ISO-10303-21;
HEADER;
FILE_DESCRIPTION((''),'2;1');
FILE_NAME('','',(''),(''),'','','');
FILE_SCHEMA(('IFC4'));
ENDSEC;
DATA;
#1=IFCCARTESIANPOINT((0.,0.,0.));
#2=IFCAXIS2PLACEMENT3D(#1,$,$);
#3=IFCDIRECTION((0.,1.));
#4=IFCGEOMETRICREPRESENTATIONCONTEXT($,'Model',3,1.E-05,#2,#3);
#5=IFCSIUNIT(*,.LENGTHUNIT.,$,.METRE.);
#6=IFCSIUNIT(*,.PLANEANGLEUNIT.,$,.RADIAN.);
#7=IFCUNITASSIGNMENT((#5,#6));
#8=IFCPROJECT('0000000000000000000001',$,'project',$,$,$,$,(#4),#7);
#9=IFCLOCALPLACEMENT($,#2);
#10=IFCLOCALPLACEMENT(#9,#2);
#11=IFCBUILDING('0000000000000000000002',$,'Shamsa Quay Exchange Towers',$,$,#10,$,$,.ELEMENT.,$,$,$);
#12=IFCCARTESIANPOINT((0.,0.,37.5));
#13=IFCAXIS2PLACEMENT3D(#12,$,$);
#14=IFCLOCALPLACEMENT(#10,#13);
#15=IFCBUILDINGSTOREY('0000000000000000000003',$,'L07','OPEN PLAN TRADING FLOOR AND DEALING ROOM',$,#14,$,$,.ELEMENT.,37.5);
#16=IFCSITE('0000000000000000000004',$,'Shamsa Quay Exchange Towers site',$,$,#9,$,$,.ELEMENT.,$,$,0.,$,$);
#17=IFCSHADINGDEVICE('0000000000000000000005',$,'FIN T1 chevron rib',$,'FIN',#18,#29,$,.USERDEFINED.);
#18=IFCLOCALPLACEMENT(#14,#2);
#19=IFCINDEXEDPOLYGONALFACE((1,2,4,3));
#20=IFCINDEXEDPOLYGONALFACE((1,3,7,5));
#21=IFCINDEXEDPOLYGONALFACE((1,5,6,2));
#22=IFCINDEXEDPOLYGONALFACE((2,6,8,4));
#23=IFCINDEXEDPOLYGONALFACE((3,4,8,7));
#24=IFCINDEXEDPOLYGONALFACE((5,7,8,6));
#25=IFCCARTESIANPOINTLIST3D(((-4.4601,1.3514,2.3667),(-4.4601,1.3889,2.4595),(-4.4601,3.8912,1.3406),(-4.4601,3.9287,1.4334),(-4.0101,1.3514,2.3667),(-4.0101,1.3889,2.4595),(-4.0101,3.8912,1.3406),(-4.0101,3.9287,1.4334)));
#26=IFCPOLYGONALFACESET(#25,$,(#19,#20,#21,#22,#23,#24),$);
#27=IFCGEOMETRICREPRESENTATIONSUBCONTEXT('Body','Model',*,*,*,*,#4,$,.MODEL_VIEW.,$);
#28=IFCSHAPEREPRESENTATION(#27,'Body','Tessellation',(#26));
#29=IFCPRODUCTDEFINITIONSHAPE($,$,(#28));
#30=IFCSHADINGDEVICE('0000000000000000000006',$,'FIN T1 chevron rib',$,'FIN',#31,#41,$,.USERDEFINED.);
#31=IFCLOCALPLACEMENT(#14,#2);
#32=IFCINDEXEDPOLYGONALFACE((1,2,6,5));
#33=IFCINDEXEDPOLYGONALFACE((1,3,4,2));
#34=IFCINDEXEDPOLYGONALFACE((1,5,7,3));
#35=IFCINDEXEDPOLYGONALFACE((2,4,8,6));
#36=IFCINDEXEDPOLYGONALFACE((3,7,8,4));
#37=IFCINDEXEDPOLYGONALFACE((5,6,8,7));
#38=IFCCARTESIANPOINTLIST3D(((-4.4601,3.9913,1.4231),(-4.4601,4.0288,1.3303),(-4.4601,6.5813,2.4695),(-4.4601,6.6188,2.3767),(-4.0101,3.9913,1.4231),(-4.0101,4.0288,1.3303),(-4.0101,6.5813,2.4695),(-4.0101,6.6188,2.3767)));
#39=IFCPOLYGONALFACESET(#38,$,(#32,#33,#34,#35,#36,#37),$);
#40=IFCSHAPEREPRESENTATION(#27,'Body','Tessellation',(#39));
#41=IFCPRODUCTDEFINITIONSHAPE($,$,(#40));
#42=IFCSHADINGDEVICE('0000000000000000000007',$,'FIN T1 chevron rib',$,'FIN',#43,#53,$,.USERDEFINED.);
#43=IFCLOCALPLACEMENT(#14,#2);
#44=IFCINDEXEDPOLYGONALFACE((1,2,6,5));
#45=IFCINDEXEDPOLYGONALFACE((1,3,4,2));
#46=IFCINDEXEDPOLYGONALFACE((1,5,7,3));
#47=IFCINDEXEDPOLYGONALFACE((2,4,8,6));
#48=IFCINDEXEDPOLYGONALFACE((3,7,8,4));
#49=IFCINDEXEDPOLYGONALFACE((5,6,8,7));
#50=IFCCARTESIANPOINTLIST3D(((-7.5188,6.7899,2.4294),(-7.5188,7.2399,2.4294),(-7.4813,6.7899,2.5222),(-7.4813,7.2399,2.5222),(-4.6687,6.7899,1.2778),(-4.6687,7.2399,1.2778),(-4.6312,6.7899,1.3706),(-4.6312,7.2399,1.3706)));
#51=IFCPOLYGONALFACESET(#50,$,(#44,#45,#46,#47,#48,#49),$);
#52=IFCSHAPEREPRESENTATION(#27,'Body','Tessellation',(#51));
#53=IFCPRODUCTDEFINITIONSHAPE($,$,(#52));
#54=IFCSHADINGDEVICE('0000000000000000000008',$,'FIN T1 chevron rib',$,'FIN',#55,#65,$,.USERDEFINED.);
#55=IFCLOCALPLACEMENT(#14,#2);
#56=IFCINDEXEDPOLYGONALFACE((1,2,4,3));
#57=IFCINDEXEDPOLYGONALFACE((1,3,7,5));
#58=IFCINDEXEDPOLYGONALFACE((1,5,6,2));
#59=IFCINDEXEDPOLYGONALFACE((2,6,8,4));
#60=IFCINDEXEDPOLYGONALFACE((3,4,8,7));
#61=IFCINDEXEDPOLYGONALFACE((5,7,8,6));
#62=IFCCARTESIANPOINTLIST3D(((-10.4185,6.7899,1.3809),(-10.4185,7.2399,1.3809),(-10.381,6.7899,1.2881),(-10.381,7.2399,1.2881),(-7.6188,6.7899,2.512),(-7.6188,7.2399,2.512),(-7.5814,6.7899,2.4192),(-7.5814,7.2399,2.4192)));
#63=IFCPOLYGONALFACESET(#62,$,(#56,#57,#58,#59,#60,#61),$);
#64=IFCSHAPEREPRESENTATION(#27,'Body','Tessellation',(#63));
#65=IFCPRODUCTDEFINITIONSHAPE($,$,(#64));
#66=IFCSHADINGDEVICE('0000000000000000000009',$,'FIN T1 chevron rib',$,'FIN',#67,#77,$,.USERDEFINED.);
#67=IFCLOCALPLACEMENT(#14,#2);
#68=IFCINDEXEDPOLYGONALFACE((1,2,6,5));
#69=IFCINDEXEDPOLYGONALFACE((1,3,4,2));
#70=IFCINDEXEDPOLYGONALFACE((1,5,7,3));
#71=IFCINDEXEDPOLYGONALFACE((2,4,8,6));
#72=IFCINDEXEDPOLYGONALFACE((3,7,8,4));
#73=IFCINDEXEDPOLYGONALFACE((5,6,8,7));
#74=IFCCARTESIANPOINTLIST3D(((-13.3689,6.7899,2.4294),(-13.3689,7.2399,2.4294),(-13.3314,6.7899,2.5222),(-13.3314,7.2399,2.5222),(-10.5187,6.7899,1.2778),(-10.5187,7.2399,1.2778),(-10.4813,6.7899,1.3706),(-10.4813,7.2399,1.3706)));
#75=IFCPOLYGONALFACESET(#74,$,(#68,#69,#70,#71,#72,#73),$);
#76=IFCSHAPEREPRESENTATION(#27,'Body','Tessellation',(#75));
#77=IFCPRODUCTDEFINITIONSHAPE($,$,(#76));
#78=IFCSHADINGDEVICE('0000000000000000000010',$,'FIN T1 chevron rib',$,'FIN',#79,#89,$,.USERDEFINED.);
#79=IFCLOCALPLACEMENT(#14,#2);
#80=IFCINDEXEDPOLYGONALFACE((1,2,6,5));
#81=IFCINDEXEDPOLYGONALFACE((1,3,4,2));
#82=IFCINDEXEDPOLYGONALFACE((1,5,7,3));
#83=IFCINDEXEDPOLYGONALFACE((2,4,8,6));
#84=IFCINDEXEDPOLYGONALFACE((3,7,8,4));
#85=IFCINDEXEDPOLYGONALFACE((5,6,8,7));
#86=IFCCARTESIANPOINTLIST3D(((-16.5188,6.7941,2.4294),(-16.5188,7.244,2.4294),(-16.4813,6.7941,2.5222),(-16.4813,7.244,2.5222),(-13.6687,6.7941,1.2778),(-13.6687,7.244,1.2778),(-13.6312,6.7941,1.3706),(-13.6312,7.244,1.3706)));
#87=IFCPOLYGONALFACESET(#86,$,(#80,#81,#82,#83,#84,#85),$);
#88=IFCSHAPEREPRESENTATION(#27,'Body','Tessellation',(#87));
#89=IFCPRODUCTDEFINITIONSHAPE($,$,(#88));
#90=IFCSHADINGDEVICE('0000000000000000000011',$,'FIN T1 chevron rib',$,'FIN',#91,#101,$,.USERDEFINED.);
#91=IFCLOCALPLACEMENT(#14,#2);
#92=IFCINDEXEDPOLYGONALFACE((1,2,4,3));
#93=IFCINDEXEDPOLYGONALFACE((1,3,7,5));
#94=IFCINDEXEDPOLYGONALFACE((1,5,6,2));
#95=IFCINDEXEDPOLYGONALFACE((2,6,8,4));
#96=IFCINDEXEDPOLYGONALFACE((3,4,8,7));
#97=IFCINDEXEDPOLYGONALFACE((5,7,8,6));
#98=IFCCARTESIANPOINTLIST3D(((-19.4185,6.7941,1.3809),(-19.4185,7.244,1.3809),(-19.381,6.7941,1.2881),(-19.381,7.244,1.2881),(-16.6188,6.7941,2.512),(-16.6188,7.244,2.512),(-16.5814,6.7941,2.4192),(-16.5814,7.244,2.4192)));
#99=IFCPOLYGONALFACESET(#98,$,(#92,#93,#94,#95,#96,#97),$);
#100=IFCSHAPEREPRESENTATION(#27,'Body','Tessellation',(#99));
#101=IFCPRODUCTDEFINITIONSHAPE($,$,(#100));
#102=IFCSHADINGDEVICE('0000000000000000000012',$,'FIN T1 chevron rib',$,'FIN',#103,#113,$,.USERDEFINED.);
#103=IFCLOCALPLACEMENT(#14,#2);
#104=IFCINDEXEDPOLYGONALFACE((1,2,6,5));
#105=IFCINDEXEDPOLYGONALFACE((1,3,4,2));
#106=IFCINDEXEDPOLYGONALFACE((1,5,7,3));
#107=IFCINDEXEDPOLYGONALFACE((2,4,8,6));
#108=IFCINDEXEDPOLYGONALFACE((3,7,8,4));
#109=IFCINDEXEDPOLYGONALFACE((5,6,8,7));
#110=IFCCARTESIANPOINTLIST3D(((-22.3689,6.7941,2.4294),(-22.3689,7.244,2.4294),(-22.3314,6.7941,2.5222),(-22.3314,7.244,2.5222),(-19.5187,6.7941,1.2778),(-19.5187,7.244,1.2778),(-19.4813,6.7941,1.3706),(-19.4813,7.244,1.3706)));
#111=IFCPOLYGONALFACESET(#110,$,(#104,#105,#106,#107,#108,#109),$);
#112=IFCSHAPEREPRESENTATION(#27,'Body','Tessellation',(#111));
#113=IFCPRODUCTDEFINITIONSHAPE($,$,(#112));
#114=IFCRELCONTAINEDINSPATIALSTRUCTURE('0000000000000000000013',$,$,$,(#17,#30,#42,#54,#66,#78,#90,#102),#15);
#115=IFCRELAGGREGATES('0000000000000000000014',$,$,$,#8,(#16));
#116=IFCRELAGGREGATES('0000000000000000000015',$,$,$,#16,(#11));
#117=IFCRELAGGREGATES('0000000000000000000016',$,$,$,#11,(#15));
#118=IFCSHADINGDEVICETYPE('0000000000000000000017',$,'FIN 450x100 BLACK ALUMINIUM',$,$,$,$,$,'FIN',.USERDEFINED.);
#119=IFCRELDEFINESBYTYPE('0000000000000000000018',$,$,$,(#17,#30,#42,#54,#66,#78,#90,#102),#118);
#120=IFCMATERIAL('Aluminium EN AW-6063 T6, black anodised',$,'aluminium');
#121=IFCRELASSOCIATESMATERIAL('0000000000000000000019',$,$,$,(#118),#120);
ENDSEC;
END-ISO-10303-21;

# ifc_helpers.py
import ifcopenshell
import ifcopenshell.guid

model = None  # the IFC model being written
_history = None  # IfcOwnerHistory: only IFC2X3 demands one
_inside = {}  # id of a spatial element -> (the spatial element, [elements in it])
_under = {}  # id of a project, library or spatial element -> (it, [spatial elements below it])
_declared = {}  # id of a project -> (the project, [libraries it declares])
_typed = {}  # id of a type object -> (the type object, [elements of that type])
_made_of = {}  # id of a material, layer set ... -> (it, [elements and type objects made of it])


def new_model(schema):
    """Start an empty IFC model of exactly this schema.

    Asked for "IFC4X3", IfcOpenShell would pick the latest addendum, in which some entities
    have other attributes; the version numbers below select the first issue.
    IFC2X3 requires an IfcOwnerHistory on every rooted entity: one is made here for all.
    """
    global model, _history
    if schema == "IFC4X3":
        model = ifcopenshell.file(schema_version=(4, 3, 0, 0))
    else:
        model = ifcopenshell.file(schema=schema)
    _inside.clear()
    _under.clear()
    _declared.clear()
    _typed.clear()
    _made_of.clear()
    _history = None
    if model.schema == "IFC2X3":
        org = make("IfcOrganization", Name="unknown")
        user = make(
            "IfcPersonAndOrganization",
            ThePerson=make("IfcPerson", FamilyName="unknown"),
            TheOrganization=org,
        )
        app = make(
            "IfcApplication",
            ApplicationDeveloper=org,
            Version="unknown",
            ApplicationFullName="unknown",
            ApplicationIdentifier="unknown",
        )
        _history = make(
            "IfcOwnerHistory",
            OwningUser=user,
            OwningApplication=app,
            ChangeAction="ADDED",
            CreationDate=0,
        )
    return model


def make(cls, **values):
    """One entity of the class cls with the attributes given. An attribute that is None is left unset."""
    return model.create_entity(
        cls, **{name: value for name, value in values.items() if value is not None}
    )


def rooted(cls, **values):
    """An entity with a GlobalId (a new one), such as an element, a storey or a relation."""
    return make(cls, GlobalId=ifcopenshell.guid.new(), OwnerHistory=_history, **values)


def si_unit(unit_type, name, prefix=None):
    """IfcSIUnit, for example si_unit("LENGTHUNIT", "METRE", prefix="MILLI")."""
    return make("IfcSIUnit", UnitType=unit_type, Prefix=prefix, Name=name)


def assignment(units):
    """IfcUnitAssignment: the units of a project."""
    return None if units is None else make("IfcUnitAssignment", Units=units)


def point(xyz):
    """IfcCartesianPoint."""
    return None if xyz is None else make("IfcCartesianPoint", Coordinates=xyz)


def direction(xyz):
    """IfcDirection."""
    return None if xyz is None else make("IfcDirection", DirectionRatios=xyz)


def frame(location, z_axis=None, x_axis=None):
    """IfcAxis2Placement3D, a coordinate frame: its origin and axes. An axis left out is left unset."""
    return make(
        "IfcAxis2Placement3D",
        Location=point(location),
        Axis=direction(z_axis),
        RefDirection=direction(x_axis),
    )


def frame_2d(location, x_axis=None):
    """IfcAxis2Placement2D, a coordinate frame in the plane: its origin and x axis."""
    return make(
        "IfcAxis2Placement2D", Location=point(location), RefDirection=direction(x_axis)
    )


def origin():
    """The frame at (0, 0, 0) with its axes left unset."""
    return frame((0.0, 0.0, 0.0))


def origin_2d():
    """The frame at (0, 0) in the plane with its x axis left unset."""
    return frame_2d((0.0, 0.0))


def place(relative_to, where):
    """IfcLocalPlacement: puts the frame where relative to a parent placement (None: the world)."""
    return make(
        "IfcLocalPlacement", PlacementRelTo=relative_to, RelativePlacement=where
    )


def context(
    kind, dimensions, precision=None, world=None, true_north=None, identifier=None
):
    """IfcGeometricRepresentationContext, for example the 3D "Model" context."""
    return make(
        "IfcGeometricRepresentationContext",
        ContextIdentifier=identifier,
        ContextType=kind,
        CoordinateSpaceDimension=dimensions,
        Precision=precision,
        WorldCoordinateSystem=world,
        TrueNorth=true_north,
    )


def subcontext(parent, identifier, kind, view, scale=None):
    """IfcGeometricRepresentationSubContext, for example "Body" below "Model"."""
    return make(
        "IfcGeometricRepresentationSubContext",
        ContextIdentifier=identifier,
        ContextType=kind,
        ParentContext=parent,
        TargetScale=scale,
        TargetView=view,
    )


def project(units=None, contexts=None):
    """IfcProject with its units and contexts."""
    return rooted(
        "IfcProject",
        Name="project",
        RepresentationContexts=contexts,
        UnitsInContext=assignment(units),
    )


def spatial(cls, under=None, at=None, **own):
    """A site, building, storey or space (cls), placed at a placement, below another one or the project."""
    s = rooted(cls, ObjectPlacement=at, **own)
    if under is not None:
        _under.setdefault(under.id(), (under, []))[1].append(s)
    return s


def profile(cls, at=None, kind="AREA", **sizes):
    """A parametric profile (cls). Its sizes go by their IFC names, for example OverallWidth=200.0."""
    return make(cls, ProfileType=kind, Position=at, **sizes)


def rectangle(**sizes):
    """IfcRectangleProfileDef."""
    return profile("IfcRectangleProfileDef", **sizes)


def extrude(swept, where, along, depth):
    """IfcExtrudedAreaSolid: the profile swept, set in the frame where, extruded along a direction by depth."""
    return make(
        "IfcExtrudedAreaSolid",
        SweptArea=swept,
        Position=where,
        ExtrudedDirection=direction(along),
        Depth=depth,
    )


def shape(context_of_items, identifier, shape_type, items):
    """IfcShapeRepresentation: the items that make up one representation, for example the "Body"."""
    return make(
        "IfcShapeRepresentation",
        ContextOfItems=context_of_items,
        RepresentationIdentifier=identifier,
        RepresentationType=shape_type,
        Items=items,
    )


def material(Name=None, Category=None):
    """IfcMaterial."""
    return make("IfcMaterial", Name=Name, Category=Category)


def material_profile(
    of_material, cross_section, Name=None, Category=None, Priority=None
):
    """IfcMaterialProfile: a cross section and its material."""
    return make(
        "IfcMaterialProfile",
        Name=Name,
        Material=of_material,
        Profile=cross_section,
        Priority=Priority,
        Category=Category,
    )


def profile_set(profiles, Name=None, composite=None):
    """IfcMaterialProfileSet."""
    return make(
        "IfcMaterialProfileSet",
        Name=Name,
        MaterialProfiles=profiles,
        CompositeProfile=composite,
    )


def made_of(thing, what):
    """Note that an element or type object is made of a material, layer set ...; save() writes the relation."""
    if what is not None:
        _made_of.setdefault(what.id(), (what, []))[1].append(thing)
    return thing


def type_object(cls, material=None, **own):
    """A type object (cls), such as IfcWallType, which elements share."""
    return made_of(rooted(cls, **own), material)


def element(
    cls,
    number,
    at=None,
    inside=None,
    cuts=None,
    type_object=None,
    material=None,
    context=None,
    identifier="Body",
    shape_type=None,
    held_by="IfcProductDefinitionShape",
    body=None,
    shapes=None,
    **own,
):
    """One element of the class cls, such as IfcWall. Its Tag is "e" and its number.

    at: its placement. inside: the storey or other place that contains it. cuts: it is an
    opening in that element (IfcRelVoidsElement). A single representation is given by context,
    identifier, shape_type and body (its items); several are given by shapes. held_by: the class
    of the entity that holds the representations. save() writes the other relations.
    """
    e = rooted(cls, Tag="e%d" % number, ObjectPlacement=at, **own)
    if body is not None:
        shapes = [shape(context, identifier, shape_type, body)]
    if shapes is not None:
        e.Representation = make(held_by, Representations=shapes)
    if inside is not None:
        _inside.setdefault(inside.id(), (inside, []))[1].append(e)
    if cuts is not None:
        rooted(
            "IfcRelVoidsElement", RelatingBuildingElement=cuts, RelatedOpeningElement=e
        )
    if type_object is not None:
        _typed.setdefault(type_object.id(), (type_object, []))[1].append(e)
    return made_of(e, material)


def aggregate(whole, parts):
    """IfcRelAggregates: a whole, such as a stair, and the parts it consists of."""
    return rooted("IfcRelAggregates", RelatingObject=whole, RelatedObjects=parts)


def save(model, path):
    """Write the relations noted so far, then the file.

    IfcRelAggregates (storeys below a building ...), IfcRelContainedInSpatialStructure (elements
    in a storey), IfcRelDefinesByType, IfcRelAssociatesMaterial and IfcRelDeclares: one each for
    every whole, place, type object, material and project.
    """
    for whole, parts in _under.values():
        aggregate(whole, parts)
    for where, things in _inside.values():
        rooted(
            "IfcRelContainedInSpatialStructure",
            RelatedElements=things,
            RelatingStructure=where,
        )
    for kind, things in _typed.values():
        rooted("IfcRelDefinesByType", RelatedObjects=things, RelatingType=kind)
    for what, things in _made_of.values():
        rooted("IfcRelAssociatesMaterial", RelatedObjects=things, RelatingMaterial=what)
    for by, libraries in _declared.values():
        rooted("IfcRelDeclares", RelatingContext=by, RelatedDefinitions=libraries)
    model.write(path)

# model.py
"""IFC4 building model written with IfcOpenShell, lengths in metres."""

from ifc_helpers import new_model, si_unit, direction, frame, origin, origin_2d, place, context, subcontext, project, spatial, rectangle, extrude, material, material_profile, profile_set, type_object, element, save


model = new_model("IFC4")

# Units and contexts
model_context = context("Model", 3, precision=1e-05, world=origin(), true_north=direction((0.0, 1.0)))
body_context = subcontext(model_context, "Body", "Model", "MODEL_VIEW")
ifc_project = project(units=[si_unit("LENGTHUNIT", "METRE"), si_unit("PLANEANGLEUNIT", "RADIAN")], contexts=[model_context])

# Site, building, storey
site_placement = place(None, origin())
site = spatial("IfcSite", under=ifc_project, at=site_placement, Name="Shamsa Quay Exchange Towers site", CompositionType="ELEMENT", RefElevation=0.0)
building_placement = place(site_placement, origin())
building = spatial("IfcBuilding", under=site, at=building_placement, Name="Shamsa Quay Exchange Towers", CompositionType="ELEMENT")
storey_placement = place(building_placement, frame((0.0, 0.0, 37.5)))
storey = spatial("IfcBuildingStorey", under=building, at=storey_placement, Name="L07", Description="OPEN PLAN TRADING FLOOR AND DEALING ROOM", CompositionType="ELEMENT", Elevation=37.5)

# Shared definitions
ifc_material_1 = material(Name="Aluminium EN AW-6063 T6, black anodised", Category="aluminium")

# Shading devices
ifc_material_profile_1 = material_profile(ifc_material_1, rectangle(XDim=0.45, YDim=0.1001, at=origin_2d()), Name="FIN450x100")
ifc_profile_set_1 = profile_set([ifc_material_profile_1], Name="Aluminium EN AW-6063 T6, black anodised")
shading_device_type = type_object("IfcShadingDeviceType", Name="FIN 450x100 BLACK ALUMINIUM", ElementType="FIN", PredefinedType="USERDEFINED", material=ifc_profile_set_1)
shading_device_1_placement = place(storey_placement, frame((-4.2351, 1.3701, 2.4131), z_axis=(0.0, 0.927186, -0.3746), x_axis=(-1.0, 0.0, 0.0)))
element("IfcShadingDevice", 1, at=shading_device_1_placement, inside=storey, type_object=shading_device_type, Name="FIN T1 chevron rib", ObjectType="FIN", PredefinedType="USERDEFINED", context=body_context, shape_type="SweptSolid", body=[
    extrude(rectangle(XDim=0.45, YDim=0.1001, at=origin_2d()), origin(), (0.0, 0.0, 1.0), 2.7393),
])
shading_device_2_placement = place(storey_placement, frame((-4.2351, 4.01, 1.3767), z_axis=(0.0, 0.927193, 0.374583), x_axis=(-1.0, 0.0, 0.0)))
element("IfcShadingDevice", 2, at=shading_device_2_placement, inside=storey, type_object=shading_device_type, Name="FIN T1 chevron rib", ObjectType="FIN", PredefinedType="USERDEFINED", context=body_context, shape_type="SweptSolid", body=[
    extrude(rectangle(XDim=0.45, YDim=0.1001, at=origin_2d()), origin(), (0.0, 0.0, 1.0), 2.7935),
])
shading_device_3_placement = place(storey_placement, frame((-4.6499, 7.0149, 1.3242), z_axis=(-0.927173, 0.0, 0.374634), x_axis=(0.0, -1.0, 0.0)))
element("IfcShadingDevice", 3, at=shading_device_3_placement, inside=storey, type_object=shading_device_type, Name="FIN T1 chevron rib", ObjectType="FIN", PredefinedType="USERDEFINED", context=body_context, shape_type="SweptSolid", body=[
    extrude(rectangle(XDim=0.45, YDim=0.1001, at=origin_2d()), origin(), (0.0, 0.0, 1.0), 3.074),
])
shading_device_4_placement = place(storey_placement, frame((-7.6001, 7.0149, 2.4656), z_axis=(-0.927194, 0.0, -0.374581), x_axis=(0.0, -1.0, 0.0)))
element("IfcShadingDevice", 4, at=shading_device_4_placement, inside=storey, type_object=shading_device_type, Name="FIN T1 chevron rib", ObjectType="FIN", PredefinedType="USERDEFINED", context=body_context, shape_type="SweptSolid", body=[
    extrude(rectangle(XDim=0.45, YDim=0.1001, at=origin_2d()), origin(), (0.0, 0.0, 1.0), 3.0195),
])
for number, where, z_axis, x_axis, name in (
    (5, (-10.5, 7.0149, 1.3242), (-0.927173, 0.0, 0.374634), (0.0, -1.0, 0.0), "FIN T1 chevron rib"),
    (6, (-13.6499, 7.019, 1.3242), (-0.927173, 0.0, 0.374634), (0.0, -1.0, 0.0), "FIN T1 chevron rib"),
):
    element("IfcShadingDevice", number, at=place(storey_placement, frame(where, z_axis=z_axis, x_axis=x_axis)), inside=storey, type_object=shading_device_type, Name=name, ObjectType="FIN", PredefinedType="USERDEFINED", context=body_context, shape_type="SweptSolid", body=[
        extrude(rectangle(XDim=0.45, YDim=0.1001, at=origin_2d()), origin(), (0.0, 0.0, 1.0), 3.074),
    ])
shading_device_5_placement = place(storey_placement, frame((-16.6001, 7.019, 2.4656), z_axis=(-0.927194, 0.0, -0.374581), x_axis=(0.0, -1.0, 0.0)))
element("IfcShadingDevice", 7, at=shading_device_5_placement, inside=storey, type_object=shading_device_type, Name="FIN T1 chevron rib", ObjectType="FIN", PredefinedType="USERDEFINED", context=body_context, shape_type="SweptSolid", body=[
    extrude(rectangle(XDim=0.45, YDim=0.1001, at=origin_2d()), origin(), (0.0, 0.0, 1.0), 3.0195),
])
shading_device_6_placement = place(storey_placement, frame((-19.5, 7.019, 1.3242), z_axis=(-0.927173, 0.0, 0.374634), x_axis=(0.0, -1.0, 0.0)))
element("IfcShadingDevice", 8, at=shading_device_6_placement, inside=storey, type_object=shading_device_type, Name="FIN T1 chevron rib", ObjectType="FIN", PredefinedType="USERDEFINED", context=body_context, shape_type="SweptSolid", body=[
    extrude(rectangle(XDim=0.45, YDim=0.1001, at=origin_2d()), origin(), (0.0, 0.0, 1.0), 3.074),
])

save(model, "model.ifc")
